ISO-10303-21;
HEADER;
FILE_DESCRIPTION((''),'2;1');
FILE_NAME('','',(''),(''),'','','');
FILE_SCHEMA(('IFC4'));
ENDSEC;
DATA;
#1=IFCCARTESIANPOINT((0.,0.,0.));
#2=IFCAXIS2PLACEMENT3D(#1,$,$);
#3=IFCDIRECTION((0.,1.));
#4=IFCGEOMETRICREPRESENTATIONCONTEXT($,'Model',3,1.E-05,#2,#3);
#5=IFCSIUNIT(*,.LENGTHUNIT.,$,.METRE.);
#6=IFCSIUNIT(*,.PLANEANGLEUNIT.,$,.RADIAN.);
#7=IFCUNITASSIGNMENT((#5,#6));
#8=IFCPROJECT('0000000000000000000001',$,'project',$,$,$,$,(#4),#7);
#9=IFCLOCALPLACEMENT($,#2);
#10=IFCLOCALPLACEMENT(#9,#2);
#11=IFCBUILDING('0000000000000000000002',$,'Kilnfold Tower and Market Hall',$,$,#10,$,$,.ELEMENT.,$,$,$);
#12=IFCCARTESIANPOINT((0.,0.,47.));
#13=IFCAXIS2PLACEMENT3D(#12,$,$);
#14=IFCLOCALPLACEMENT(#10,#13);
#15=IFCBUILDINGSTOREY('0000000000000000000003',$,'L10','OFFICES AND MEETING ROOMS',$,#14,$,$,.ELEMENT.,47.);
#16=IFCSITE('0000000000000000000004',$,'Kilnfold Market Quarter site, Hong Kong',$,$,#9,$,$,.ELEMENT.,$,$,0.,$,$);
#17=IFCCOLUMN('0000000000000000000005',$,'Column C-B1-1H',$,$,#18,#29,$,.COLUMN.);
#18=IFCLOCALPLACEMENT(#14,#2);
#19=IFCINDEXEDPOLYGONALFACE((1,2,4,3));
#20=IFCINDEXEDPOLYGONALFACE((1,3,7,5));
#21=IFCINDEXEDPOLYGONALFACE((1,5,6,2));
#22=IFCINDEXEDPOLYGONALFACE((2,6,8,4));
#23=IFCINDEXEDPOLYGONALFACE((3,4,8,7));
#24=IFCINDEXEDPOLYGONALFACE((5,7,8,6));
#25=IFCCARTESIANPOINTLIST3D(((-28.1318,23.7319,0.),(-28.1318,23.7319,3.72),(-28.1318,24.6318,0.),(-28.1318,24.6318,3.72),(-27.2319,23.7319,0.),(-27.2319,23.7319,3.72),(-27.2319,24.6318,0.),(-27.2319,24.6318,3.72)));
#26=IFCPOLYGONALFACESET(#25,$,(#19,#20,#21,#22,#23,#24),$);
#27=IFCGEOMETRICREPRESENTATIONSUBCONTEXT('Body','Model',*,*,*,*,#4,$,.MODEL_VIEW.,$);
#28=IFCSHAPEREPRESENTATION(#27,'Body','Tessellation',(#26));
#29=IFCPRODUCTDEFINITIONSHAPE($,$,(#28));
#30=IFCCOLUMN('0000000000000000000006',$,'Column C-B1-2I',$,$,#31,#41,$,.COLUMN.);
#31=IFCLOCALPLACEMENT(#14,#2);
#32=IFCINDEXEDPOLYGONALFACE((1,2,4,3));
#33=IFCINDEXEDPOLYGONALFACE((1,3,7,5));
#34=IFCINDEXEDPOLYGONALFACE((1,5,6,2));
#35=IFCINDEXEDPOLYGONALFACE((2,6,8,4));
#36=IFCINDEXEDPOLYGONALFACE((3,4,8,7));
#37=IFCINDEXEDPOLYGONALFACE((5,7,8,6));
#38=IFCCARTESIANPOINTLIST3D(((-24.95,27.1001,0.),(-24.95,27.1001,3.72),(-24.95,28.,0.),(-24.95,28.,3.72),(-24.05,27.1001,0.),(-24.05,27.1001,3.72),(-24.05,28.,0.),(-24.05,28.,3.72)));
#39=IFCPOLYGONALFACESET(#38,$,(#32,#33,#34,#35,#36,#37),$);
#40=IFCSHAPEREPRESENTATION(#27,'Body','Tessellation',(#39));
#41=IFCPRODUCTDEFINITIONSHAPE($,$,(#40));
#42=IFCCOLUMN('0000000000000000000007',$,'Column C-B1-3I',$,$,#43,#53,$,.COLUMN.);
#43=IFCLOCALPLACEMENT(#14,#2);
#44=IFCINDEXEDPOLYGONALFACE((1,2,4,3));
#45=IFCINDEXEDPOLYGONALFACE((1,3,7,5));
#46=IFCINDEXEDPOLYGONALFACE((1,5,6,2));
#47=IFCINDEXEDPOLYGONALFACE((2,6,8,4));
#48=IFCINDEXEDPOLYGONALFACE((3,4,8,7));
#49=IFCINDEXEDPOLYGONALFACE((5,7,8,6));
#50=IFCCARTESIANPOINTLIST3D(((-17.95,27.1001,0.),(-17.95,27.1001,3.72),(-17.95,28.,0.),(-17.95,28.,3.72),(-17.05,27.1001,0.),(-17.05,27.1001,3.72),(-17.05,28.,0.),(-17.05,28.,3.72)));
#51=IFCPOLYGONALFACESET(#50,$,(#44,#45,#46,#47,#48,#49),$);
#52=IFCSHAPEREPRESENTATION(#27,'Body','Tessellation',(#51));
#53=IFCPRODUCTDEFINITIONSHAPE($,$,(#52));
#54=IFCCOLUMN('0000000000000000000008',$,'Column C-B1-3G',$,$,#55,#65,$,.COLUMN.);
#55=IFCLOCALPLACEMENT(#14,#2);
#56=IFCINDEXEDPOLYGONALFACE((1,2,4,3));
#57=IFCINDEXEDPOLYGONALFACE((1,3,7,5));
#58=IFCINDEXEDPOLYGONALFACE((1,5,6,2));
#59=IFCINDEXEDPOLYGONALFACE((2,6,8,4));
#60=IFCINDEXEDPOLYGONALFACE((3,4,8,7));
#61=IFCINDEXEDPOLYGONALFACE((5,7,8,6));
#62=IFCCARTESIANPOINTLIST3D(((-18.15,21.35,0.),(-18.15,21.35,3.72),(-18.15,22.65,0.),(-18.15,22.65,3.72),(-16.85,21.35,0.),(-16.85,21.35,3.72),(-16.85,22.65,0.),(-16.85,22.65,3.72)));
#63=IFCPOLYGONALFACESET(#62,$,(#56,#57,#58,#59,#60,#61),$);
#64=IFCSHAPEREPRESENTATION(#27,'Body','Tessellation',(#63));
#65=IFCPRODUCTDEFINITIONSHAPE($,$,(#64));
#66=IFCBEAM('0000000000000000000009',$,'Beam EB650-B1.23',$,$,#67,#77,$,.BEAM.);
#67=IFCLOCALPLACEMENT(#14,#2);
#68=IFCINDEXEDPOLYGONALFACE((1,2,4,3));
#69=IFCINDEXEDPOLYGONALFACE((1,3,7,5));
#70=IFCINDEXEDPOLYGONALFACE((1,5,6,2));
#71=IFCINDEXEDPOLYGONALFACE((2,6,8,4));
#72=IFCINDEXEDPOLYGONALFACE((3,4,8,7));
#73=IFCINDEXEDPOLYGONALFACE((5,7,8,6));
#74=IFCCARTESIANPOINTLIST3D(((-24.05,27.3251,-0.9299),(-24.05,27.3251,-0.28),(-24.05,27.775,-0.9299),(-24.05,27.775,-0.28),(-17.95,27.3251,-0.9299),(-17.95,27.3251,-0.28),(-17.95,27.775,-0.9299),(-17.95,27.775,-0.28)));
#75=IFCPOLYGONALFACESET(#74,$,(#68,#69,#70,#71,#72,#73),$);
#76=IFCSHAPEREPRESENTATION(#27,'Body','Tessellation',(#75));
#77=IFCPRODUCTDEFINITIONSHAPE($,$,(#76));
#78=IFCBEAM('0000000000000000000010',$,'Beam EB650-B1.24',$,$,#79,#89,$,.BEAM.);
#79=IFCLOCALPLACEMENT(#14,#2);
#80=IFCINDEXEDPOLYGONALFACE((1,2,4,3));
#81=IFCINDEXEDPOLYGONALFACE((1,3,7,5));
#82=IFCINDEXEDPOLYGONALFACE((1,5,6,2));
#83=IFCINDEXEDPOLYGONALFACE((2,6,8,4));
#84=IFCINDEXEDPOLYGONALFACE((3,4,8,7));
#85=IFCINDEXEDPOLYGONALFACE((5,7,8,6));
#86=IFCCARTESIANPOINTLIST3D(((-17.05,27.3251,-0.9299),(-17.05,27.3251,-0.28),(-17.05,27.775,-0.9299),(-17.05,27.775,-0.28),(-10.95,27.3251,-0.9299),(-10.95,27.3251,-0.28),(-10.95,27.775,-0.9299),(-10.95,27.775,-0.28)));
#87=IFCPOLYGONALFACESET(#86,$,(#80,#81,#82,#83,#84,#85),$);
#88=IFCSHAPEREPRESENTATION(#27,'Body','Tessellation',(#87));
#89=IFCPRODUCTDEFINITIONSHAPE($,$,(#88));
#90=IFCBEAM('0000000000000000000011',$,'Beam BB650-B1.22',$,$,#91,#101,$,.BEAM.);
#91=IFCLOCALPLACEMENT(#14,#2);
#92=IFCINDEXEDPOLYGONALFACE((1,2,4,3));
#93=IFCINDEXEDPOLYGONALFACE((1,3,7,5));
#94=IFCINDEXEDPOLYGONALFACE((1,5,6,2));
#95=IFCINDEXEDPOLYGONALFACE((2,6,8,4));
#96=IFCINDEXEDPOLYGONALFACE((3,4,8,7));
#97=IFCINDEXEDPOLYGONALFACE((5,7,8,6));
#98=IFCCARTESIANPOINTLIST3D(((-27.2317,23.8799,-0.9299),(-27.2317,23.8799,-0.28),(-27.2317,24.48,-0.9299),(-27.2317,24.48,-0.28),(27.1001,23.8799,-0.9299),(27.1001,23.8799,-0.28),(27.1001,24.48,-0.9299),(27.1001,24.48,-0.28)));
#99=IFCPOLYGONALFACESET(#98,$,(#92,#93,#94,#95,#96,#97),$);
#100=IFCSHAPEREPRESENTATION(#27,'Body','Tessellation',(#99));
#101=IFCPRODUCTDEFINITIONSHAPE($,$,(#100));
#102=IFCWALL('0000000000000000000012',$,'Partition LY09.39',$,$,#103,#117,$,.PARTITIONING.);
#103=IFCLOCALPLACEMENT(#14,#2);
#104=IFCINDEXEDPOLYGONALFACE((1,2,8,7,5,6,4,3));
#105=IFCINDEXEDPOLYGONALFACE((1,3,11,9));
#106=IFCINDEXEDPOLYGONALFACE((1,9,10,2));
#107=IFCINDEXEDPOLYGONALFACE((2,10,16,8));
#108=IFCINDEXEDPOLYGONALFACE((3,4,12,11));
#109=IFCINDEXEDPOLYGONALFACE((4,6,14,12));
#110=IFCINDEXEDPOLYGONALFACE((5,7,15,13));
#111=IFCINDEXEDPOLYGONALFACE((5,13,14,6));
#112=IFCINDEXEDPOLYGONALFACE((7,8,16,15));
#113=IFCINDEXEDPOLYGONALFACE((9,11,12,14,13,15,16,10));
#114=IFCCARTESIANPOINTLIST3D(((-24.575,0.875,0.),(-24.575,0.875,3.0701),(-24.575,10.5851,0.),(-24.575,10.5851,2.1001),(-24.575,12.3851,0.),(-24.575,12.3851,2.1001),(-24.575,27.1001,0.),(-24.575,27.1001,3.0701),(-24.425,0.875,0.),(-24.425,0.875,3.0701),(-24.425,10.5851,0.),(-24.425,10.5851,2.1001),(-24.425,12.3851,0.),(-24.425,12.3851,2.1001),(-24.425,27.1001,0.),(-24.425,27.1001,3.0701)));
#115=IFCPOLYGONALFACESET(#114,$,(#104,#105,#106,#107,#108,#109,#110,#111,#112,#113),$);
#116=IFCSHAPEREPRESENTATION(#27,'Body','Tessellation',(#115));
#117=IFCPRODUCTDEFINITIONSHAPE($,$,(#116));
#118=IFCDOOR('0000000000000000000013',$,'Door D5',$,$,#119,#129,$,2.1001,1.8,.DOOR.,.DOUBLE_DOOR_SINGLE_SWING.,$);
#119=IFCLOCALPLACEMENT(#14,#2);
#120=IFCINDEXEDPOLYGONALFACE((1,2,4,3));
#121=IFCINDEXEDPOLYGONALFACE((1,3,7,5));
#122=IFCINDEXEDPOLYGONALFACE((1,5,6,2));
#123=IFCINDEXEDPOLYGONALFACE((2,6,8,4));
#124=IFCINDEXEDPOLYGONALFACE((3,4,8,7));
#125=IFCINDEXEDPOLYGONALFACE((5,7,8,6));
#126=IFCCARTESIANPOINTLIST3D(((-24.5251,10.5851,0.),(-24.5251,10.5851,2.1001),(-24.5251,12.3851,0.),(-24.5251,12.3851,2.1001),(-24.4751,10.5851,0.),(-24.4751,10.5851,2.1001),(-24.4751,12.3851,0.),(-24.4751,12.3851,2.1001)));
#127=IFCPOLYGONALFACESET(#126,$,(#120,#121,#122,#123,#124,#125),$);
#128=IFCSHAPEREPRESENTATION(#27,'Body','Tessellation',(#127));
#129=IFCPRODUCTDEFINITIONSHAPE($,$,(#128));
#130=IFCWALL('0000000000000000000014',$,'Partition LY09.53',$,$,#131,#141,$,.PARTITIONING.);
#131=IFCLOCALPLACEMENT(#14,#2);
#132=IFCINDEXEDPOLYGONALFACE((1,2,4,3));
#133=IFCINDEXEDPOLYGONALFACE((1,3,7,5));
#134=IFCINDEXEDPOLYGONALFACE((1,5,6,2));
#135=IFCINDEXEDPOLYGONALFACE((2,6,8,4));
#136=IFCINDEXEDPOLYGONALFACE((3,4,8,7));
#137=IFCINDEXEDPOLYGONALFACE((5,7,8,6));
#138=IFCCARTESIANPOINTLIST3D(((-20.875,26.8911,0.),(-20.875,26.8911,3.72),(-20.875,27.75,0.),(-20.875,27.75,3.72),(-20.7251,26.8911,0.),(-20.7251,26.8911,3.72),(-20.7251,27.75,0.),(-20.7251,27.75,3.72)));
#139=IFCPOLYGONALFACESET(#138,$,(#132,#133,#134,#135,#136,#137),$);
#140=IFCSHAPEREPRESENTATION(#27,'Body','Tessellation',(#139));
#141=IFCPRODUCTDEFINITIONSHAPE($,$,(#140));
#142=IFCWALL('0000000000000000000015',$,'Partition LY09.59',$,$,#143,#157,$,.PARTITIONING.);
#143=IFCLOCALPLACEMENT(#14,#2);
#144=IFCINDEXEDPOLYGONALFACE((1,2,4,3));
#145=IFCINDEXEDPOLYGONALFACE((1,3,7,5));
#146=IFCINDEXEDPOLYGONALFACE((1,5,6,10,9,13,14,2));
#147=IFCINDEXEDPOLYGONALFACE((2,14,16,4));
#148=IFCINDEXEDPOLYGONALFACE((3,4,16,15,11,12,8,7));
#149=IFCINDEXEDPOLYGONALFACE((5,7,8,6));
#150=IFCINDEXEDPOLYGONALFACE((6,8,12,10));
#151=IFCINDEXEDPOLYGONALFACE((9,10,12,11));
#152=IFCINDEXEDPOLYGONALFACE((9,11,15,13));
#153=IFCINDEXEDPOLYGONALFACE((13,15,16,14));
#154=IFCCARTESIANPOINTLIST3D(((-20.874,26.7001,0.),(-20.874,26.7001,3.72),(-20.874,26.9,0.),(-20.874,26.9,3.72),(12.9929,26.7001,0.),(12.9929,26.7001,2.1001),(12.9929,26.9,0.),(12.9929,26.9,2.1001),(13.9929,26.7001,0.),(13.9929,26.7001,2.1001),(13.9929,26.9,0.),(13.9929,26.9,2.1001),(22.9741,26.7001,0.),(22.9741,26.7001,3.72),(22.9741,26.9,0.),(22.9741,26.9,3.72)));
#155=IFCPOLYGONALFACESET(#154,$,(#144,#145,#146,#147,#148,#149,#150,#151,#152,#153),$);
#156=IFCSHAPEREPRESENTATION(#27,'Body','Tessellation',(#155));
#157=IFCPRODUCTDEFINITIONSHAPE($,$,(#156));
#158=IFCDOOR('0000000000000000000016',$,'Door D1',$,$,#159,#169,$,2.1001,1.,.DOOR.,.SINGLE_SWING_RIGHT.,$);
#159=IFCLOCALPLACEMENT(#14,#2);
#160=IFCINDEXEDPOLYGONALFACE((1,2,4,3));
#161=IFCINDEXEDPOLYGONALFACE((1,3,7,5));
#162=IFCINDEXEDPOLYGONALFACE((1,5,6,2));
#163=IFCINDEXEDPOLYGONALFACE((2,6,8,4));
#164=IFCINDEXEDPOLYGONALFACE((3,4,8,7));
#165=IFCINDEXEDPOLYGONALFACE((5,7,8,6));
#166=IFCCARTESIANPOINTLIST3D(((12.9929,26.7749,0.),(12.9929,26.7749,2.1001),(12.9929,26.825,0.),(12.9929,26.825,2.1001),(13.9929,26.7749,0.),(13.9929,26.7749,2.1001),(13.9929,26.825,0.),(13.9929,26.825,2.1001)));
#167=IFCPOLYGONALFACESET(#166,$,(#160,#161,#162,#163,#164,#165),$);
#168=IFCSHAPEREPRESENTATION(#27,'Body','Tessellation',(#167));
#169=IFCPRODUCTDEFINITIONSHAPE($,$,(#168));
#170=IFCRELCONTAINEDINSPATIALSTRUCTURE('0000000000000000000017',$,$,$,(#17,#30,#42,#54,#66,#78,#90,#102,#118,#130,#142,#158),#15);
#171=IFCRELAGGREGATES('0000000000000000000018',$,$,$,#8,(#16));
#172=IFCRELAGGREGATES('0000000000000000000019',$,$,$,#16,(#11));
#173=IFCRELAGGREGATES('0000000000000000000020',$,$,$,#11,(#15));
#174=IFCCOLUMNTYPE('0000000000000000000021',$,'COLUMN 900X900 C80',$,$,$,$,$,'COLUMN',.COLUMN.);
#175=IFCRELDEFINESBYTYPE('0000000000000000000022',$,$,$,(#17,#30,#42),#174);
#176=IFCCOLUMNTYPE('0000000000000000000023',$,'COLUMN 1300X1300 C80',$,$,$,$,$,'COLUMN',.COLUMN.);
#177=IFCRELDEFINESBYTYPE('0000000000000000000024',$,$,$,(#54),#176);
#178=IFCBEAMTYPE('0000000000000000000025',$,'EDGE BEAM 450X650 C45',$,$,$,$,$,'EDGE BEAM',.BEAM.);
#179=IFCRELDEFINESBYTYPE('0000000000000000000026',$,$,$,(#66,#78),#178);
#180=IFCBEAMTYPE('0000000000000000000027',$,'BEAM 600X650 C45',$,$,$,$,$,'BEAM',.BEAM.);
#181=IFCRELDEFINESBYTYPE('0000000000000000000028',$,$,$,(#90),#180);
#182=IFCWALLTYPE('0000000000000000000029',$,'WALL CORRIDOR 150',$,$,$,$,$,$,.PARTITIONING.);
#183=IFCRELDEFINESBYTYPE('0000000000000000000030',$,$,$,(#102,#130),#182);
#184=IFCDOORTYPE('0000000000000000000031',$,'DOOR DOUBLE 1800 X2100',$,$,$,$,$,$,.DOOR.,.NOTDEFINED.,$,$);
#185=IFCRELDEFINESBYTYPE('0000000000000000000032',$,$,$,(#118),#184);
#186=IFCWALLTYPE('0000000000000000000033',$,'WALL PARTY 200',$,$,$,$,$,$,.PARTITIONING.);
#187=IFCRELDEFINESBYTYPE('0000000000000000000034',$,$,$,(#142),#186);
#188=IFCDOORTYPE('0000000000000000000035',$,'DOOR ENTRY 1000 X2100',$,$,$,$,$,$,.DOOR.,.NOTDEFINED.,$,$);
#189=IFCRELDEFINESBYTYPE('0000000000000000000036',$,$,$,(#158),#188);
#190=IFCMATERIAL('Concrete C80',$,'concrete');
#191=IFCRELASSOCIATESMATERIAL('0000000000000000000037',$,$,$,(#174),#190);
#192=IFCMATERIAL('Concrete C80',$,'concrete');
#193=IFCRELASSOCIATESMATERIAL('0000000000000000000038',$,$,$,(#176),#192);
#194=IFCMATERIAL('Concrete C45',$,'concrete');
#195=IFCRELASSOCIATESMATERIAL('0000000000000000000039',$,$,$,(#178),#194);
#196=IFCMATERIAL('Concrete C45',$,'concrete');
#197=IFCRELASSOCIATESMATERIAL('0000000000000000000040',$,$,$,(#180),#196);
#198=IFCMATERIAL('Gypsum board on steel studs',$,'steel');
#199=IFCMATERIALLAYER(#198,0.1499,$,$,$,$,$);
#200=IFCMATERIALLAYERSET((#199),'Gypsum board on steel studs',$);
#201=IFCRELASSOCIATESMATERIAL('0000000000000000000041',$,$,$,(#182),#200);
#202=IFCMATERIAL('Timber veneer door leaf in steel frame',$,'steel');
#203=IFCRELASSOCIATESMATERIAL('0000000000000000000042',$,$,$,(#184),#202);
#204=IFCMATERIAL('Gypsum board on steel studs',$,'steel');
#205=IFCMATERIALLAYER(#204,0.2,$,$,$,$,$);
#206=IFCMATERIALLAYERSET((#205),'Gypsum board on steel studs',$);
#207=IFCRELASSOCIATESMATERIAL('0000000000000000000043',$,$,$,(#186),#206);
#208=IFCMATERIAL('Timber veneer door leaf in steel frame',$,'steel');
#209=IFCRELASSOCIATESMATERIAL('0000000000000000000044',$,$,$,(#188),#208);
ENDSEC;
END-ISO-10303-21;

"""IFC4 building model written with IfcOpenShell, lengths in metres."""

from ifc_helpers import new_model, si_unit, direction, frame, frame_2d, origin, origin_2d, place, context, subcontext, project, spatial, rectangle, extrude, source, transform, mapped, material, layer, layer_set, material_profile, profile_set, type_object, element, fill, save


model = new_model("IFC4")

# Units and contexts
model_context = context("Model", 3, precision=1e-05, world=origin(), true_north=direction((0.0, 1.0)))
body_context = subcontext(model_context, "Body", "Model", "MODEL_VIEW")
ifc_project = project(units=[si_unit("LENGTHUNIT", "METRE"), si_unit("PLANEANGLEUNIT", "RADIAN")], contexts=[model_context])

# Site, building, storey
site_placement = place(None, origin())
site = spatial("IfcSite", under=ifc_project, at=site_placement, Name="Kilnfold Market Quarter site, Hong Kong", CompositionType="ELEMENT", RefElevation=0.0)
building_placement = place(site_placement, origin())
building = spatial("IfcBuilding", under=site, at=building_placement, Name="Kilnfold Tower and Market Hall", CompositionType="ELEMENT")
storey_placement = place(building_placement, frame((0.0, 0.0, 47.0)))
storey = spatial("IfcBuildingStorey", under=building, at=storey_placement, Name="L10", Description="OFFICES AND MEETING ROOMS", CompositionType="ELEMENT", Elevation=47.0)

# Columns
ifc_material_1 = material(Name="Concrete C80", Category="concrete")
ifc_material_profile_1 = material_profile(ifc_material_1, rectangle(XDim=0.8999, YDim=0.8999, at=origin_2d()), Name="RC 900x900")
ifc_profile_set_1 = profile_set([ifc_material_profile_1], Name="Concrete C80")
column_type_1 = type_object("IfcColumnType", Name="COLUMN 900X900 C80", ElementType="COLUMN", PredefinedType="COLUMN", material=ifc_profile_set_1)
shared_shape_1 = source(origin(), body_context, "Body", "SweptSolid", [
    extrude(rectangle(XDim=0.8999, YDim=0.8999, at=origin_2d()), origin(), (0.0, 0.0, 1.0), 3.72),
])
for number, where, z_axis, x_axis, name in (
    (1, (-27.6819, 24.1819, 0.0), (0.0, 0.0, 1.0), (1.0, 0.0, 0.0), "Column C-B1-1H"),
    (2, (-24.5, 27.55, 0.0), (0.0, 0.0, 1.0), (1.0, 0.0, 0.0), "Column C-B1-2I"),
    (3, (-17.5, 27.55, 0.0), (0.0, 0.0, 1.0), (1.0, 0.0, 0.0), "Column C-B1-3I"),
):
    element("IfcColumn", number, at=place(storey_placement, frame(where, z_axis=z_axis, x_axis=x_axis)), inside=storey, type_object=column_type_1, Name=name, PredefinedType="COLUMN", context=body_context, shape_type="MappedRepresentation", body=[
        mapped(shared_shape_1, transform((0.0, 0.0, 0.0))),
    ])
ifc_material_2 = material(Name="Concrete C80", Category="concrete")
ifc_material_profile_2 = material_profile(ifc_material_2, rectangle(XDim=1.3, YDim=1.3, at=origin_2d()), Name="RC 1300x1300")
ifc_profile_set_2 = profile_set([ifc_material_profile_2], Name="Concrete C80")
column_type_2 = type_object("IfcColumnType", Name="COLUMN 1300X1300 C80", ElementType="COLUMN", PredefinedType="COLUMN", material=ifc_profile_set_2)
shared_shape_2 = source(origin(), body_context, "Body", "SweptSolid", [
    extrude(rectangle(XDim=1.3, YDim=1.3, at=origin_2d()), origin(), (0.0, 0.0, 1.0), 3.72),
])
column_placement = place(storey_placement, frame((-17.5, 22.0, 0.0), z_axis=(0.0, 0.0, 1.0), x_axis=(1.0, 0.0, 0.0)))
element("IfcColumn", 4, at=column_placement, inside=storey, type_object=column_type_2, Name="Column C-B1-3G", PredefinedType="COLUMN", context=body_context, shape_type="MappedRepresentation", body=[
    mapped(shared_shape_2, transform((0.0, 0.0, 0.0))),
])

# Beams
ifc_material_3 = material(Name="Concrete C45", Category="concrete")
ifc_material_profile_3 = material_profile(ifc_material_3, rectangle(XDim=0.45, YDim=0.6499, at=origin_2d()), Name="RC 450x650")
ifc_profile_set_3 = profile_set([ifc_material_profile_3], Name="Concrete C45")
beam_type_1 = type_object("IfcBeamType", Name="EDGE BEAM 450X650 C45", ElementType="EDGE BEAM", PredefinedType="BEAM", material=ifc_profile_set_3)
shared_shape_3 = source(origin(), body_context, "Body", "SweptSolid", [
    extrude(rectangle(XDim=0.45, YDim=0.6499, at=origin_2d()), origin(), (0.0, 0.0, 1.0), 6.1001),
])
for number, where, z_axis, x_axis, name in (
    (5, (-24.05, 27.55, -0.605), (1.0, 0.0, 0.0), (0.0, 1.0, 0.0), "Beam EB650-B1.23"),
    (6, (-17.05, 27.55, -0.605), (1.0, 0.0, 0.0), (0.0, 1.0, 0.0), "Beam EB650-B1.24"),
):
    element("IfcBeam", number, at=place(storey_placement, frame(where, z_axis=z_axis, x_axis=x_axis)), inside=storey, type_object=beam_type_1, Name=name, PredefinedType="BEAM", context=body_context, shape_type="MappedRepresentation", body=[
        mapped(shared_shape_3, transform((0.0, 0.0, 0.0))),
    ])
ifc_material_4 = material(Name="Concrete C45", Category="concrete")
ifc_material_profile_4 = material_profile(ifc_material_4, rectangle(XDim=0.6001, YDim=0.6499, at=origin_2d()), Name="RC 600x650")
ifc_profile_set_4 = profile_set([ifc_material_profile_4], Name="Concrete C45")
beam_type_2 = type_object("IfcBeamType", Name="BEAM 600X650 C45", ElementType="BEAM", PredefinedType="BEAM", material=ifc_profile_set_4)
shared_shape_4 = source(origin(), body_context, "Body", "SweptSolid", [
    extrude(rectangle(XDim=0.6001, YDim=0.6499, at=origin_2d()), origin(), (0.0, 0.0, 1.0), 54.3318),
])
beam_placement = place(storey_placement, frame((-27.2317, 24.1799, -0.605), z_axis=(1.0, 0.0, 0.0), x_axis=(0.0, 1.0, 0.0)))
element("IfcBeam", 7, at=beam_placement, inside=storey, type_object=beam_type_2, Name="Beam BB650-B1.22", PredefinedType="BEAM", context=body_context, shape_type="MappedRepresentation", body=[
    mapped(shared_shape_4, transform((0.0, 0.0, 0.0))),
])

# Wall, opening, door
ifc_material_5 = material(Name="Gypsum board on steel studs", Category="steel")
ifc_layer_1 = layer(ifc_material_5, 0.1499)
ifc_layer_set_1 = layer_set([ifc_layer_1], Name="Gypsum board on steel studs")
wall_type_1 = type_object("IfcWallType", Name="WALL CORRIDOR 150", PredefinedType="PARTITIONING", material=ifc_layer_set_1)
wall_1_placement = place(storey_placement, frame((-24.5, 27.1001, 0.0), z_axis=(0.0, 0.0, 1.0), x_axis=(0.0, -1.0, 0.0)))
wall_1 = element("IfcWall", 8, at=wall_1_placement, inside=storey, type_object=wall_type_1, Name="Partition LY09.39", PredefinedType="PARTITIONING", context=body_context, shape_type="SweptSolid", body=[
    extrude(rectangle(XDim=26.2251, YDim=0.1499, at=frame_2d((13.1125, 0.0))), origin(), (0.0, 0.0, 1.0), 3.0701),
])
opening_1_placement = place(wall_1_placement, frame((14.7151, 0.0, 0.0)))
opening_1 = element("IfcOpeningElement", 9, at=opening_1_placement, cuts=wall_1, PredefinedType="OPENING", context=body_context, shape_type="SweptSolid", body=[
    extrude(rectangle(XDim=1.8, YDim=2.1001, at=frame_2d((0.8999, 1.05))), frame((0.0, 0.085, 0.0), z_axis=(0.0, -1.0, 0.0), x_axis=(1.0, 0.0, 0.0)), (0.0, 0.0, 1.0), 0.1699),
])
ifc_material_6 = material(Name="Timber veneer door leaf in steel frame", Category="steel")
door_type_1 = type_object("IfcDoorType", Name="DOOR DOUBLE 1800 X2100", OperationType="NOTDEFINED", PredefinedType="DOOR", material=ifc_material_6)
door_1_placement = place(opening_1_placement, origin())
door_1 = element("IfcDoor", 10, at=door_1_placement, inside=storey, type_object=door_type_1, Name="Door D5", OperationType="DOUBLE_DOOR_SINGLE_SWING", OverallHeight=2.1001, OverallWidth=1.8, PredefinedType="DOOR", context=body_context, shape_type="SweptSolid", body=[
    extrude(rectangle(XDim=1.8, YDim=2.1001, at=frame_2d((0.8999, 1.05))), frame((0.0, 0.0249, 0.0), z_axis=(0.0, -1.0, 0.0), x_axis=(1.0, 0.0, 0.0)), (0.0, 0.0, 1.0), 0.05),
])
fill(opening_1, door_1)

# Wall
wall_2_placement = place(storey_placement, frame((-20.8, 26.8911, 0.0), z_axis=(0.0, 0.0, 1.0), x_axis=(0.0, 1.0, 0.0)))
element("IfcWall", 11, at=wall_2_placement, inside=storey, type_object=wall_type_1, Name="Partition LY09.53", PredefinedType="PARTITIONING", context=body_context, shape_type="SweptSolid", body=[
    extrude(rectangle(XDim=0.8589, YDim=0.1499, at=frame_2d((0.4294, 0.0))), origin(), (0.0, 0.0, 1.0), 3.72),
])

# Wall, opening, door
ifc_material_7 = material(Name="Gypsum board on steel studs", Category="steel")
ifc_layer_2 = layer(ifc_material_7, 0.2)
ifc_layer_set_2 = layer_set([ifc_layer_2], Name="Gypsum board on steel studs")
wall_type_2 = type_object("IfcWallType", Name="WALL PARTY 200", PredefinedType="PARTITIONING", material=ifc_layer_set_2)
wall_3_placement = place(storey_placement, frame((-20.874, 26.8, 0.0), z_axis=(0.0, 0.0, 1.0), x_axis=(1.0, 0.0, 0.0)))
wall_3 = element("IfcWall", 12, at=wall_3_placement, inside=storey, type_object=wall_type_2, Name="Partition LY09.59", PredefinedType="PARTITIONING", context=body_context, shape_type="SweptSolid", body=[
    extrude(rectangle(XDim=43.8481, YDim=0.2, at=frame_2d((21.9241, 0.0))), origin(), (0.0, 0.0, 1.0), 3.72),
])
opening_2_placement = place(wall_3_placement, frame((33.8669, 0.0, 0.0)))
opening_2 = element("IfcOpeningElement", 13, at=opening_2_placement, cuts=wall_3, PredefinedType="OPENING", context=body_context, shape_type="SweptSolid", body=[
    extrude(rectangle(XDim=1.0, YDim=2.1001, at=frame_2d((0.5, 1.05))), frame((0.0, 0.1099, 0.0), z_axis=(0.0, -1.0, 0.0), x_axis=(1.0, 0.0, 0.0)), (0.0, 0.0, 1.0), 0.22),
])
ifc_material_8 = material(Name="Timber veneer door leaf in steel frame", Category="steel")
door_type_2 = type_object("IfcDoorType", Name="DOOR ENTRY 1000 X2100", OperationType="NOTDEFINED", PredefinedType="DOOR", material=ifc_material_8)
door_2_placement = place(opening_2_placement, origin())
door_2 = element("IfcDoor", 14, at=door_2_placement, inside=storey, type_object=door_type_2, Name="Door D1", OperationType="SINGLE_SWING_RIGHT", OverallHeight=2.1001, OverallWidth=1.0, PredefinedType="DOOR", context=body_context, shape_type="SweptSolid", body=[
    extrude(rectangle(XDim=1.0, YDim=2.1001, at=frame_2d((0.5, 1.05))), frame((0.0, 0.0249, 0.0), z_axis=(0.0, -1.0, 0.0), x_axis=(1.0, 0.0, 0.0)), (0.0, 0.0, 1.0), 0.05),
])
fill(opening_2, door_2)

save(model, "model.ifc")
